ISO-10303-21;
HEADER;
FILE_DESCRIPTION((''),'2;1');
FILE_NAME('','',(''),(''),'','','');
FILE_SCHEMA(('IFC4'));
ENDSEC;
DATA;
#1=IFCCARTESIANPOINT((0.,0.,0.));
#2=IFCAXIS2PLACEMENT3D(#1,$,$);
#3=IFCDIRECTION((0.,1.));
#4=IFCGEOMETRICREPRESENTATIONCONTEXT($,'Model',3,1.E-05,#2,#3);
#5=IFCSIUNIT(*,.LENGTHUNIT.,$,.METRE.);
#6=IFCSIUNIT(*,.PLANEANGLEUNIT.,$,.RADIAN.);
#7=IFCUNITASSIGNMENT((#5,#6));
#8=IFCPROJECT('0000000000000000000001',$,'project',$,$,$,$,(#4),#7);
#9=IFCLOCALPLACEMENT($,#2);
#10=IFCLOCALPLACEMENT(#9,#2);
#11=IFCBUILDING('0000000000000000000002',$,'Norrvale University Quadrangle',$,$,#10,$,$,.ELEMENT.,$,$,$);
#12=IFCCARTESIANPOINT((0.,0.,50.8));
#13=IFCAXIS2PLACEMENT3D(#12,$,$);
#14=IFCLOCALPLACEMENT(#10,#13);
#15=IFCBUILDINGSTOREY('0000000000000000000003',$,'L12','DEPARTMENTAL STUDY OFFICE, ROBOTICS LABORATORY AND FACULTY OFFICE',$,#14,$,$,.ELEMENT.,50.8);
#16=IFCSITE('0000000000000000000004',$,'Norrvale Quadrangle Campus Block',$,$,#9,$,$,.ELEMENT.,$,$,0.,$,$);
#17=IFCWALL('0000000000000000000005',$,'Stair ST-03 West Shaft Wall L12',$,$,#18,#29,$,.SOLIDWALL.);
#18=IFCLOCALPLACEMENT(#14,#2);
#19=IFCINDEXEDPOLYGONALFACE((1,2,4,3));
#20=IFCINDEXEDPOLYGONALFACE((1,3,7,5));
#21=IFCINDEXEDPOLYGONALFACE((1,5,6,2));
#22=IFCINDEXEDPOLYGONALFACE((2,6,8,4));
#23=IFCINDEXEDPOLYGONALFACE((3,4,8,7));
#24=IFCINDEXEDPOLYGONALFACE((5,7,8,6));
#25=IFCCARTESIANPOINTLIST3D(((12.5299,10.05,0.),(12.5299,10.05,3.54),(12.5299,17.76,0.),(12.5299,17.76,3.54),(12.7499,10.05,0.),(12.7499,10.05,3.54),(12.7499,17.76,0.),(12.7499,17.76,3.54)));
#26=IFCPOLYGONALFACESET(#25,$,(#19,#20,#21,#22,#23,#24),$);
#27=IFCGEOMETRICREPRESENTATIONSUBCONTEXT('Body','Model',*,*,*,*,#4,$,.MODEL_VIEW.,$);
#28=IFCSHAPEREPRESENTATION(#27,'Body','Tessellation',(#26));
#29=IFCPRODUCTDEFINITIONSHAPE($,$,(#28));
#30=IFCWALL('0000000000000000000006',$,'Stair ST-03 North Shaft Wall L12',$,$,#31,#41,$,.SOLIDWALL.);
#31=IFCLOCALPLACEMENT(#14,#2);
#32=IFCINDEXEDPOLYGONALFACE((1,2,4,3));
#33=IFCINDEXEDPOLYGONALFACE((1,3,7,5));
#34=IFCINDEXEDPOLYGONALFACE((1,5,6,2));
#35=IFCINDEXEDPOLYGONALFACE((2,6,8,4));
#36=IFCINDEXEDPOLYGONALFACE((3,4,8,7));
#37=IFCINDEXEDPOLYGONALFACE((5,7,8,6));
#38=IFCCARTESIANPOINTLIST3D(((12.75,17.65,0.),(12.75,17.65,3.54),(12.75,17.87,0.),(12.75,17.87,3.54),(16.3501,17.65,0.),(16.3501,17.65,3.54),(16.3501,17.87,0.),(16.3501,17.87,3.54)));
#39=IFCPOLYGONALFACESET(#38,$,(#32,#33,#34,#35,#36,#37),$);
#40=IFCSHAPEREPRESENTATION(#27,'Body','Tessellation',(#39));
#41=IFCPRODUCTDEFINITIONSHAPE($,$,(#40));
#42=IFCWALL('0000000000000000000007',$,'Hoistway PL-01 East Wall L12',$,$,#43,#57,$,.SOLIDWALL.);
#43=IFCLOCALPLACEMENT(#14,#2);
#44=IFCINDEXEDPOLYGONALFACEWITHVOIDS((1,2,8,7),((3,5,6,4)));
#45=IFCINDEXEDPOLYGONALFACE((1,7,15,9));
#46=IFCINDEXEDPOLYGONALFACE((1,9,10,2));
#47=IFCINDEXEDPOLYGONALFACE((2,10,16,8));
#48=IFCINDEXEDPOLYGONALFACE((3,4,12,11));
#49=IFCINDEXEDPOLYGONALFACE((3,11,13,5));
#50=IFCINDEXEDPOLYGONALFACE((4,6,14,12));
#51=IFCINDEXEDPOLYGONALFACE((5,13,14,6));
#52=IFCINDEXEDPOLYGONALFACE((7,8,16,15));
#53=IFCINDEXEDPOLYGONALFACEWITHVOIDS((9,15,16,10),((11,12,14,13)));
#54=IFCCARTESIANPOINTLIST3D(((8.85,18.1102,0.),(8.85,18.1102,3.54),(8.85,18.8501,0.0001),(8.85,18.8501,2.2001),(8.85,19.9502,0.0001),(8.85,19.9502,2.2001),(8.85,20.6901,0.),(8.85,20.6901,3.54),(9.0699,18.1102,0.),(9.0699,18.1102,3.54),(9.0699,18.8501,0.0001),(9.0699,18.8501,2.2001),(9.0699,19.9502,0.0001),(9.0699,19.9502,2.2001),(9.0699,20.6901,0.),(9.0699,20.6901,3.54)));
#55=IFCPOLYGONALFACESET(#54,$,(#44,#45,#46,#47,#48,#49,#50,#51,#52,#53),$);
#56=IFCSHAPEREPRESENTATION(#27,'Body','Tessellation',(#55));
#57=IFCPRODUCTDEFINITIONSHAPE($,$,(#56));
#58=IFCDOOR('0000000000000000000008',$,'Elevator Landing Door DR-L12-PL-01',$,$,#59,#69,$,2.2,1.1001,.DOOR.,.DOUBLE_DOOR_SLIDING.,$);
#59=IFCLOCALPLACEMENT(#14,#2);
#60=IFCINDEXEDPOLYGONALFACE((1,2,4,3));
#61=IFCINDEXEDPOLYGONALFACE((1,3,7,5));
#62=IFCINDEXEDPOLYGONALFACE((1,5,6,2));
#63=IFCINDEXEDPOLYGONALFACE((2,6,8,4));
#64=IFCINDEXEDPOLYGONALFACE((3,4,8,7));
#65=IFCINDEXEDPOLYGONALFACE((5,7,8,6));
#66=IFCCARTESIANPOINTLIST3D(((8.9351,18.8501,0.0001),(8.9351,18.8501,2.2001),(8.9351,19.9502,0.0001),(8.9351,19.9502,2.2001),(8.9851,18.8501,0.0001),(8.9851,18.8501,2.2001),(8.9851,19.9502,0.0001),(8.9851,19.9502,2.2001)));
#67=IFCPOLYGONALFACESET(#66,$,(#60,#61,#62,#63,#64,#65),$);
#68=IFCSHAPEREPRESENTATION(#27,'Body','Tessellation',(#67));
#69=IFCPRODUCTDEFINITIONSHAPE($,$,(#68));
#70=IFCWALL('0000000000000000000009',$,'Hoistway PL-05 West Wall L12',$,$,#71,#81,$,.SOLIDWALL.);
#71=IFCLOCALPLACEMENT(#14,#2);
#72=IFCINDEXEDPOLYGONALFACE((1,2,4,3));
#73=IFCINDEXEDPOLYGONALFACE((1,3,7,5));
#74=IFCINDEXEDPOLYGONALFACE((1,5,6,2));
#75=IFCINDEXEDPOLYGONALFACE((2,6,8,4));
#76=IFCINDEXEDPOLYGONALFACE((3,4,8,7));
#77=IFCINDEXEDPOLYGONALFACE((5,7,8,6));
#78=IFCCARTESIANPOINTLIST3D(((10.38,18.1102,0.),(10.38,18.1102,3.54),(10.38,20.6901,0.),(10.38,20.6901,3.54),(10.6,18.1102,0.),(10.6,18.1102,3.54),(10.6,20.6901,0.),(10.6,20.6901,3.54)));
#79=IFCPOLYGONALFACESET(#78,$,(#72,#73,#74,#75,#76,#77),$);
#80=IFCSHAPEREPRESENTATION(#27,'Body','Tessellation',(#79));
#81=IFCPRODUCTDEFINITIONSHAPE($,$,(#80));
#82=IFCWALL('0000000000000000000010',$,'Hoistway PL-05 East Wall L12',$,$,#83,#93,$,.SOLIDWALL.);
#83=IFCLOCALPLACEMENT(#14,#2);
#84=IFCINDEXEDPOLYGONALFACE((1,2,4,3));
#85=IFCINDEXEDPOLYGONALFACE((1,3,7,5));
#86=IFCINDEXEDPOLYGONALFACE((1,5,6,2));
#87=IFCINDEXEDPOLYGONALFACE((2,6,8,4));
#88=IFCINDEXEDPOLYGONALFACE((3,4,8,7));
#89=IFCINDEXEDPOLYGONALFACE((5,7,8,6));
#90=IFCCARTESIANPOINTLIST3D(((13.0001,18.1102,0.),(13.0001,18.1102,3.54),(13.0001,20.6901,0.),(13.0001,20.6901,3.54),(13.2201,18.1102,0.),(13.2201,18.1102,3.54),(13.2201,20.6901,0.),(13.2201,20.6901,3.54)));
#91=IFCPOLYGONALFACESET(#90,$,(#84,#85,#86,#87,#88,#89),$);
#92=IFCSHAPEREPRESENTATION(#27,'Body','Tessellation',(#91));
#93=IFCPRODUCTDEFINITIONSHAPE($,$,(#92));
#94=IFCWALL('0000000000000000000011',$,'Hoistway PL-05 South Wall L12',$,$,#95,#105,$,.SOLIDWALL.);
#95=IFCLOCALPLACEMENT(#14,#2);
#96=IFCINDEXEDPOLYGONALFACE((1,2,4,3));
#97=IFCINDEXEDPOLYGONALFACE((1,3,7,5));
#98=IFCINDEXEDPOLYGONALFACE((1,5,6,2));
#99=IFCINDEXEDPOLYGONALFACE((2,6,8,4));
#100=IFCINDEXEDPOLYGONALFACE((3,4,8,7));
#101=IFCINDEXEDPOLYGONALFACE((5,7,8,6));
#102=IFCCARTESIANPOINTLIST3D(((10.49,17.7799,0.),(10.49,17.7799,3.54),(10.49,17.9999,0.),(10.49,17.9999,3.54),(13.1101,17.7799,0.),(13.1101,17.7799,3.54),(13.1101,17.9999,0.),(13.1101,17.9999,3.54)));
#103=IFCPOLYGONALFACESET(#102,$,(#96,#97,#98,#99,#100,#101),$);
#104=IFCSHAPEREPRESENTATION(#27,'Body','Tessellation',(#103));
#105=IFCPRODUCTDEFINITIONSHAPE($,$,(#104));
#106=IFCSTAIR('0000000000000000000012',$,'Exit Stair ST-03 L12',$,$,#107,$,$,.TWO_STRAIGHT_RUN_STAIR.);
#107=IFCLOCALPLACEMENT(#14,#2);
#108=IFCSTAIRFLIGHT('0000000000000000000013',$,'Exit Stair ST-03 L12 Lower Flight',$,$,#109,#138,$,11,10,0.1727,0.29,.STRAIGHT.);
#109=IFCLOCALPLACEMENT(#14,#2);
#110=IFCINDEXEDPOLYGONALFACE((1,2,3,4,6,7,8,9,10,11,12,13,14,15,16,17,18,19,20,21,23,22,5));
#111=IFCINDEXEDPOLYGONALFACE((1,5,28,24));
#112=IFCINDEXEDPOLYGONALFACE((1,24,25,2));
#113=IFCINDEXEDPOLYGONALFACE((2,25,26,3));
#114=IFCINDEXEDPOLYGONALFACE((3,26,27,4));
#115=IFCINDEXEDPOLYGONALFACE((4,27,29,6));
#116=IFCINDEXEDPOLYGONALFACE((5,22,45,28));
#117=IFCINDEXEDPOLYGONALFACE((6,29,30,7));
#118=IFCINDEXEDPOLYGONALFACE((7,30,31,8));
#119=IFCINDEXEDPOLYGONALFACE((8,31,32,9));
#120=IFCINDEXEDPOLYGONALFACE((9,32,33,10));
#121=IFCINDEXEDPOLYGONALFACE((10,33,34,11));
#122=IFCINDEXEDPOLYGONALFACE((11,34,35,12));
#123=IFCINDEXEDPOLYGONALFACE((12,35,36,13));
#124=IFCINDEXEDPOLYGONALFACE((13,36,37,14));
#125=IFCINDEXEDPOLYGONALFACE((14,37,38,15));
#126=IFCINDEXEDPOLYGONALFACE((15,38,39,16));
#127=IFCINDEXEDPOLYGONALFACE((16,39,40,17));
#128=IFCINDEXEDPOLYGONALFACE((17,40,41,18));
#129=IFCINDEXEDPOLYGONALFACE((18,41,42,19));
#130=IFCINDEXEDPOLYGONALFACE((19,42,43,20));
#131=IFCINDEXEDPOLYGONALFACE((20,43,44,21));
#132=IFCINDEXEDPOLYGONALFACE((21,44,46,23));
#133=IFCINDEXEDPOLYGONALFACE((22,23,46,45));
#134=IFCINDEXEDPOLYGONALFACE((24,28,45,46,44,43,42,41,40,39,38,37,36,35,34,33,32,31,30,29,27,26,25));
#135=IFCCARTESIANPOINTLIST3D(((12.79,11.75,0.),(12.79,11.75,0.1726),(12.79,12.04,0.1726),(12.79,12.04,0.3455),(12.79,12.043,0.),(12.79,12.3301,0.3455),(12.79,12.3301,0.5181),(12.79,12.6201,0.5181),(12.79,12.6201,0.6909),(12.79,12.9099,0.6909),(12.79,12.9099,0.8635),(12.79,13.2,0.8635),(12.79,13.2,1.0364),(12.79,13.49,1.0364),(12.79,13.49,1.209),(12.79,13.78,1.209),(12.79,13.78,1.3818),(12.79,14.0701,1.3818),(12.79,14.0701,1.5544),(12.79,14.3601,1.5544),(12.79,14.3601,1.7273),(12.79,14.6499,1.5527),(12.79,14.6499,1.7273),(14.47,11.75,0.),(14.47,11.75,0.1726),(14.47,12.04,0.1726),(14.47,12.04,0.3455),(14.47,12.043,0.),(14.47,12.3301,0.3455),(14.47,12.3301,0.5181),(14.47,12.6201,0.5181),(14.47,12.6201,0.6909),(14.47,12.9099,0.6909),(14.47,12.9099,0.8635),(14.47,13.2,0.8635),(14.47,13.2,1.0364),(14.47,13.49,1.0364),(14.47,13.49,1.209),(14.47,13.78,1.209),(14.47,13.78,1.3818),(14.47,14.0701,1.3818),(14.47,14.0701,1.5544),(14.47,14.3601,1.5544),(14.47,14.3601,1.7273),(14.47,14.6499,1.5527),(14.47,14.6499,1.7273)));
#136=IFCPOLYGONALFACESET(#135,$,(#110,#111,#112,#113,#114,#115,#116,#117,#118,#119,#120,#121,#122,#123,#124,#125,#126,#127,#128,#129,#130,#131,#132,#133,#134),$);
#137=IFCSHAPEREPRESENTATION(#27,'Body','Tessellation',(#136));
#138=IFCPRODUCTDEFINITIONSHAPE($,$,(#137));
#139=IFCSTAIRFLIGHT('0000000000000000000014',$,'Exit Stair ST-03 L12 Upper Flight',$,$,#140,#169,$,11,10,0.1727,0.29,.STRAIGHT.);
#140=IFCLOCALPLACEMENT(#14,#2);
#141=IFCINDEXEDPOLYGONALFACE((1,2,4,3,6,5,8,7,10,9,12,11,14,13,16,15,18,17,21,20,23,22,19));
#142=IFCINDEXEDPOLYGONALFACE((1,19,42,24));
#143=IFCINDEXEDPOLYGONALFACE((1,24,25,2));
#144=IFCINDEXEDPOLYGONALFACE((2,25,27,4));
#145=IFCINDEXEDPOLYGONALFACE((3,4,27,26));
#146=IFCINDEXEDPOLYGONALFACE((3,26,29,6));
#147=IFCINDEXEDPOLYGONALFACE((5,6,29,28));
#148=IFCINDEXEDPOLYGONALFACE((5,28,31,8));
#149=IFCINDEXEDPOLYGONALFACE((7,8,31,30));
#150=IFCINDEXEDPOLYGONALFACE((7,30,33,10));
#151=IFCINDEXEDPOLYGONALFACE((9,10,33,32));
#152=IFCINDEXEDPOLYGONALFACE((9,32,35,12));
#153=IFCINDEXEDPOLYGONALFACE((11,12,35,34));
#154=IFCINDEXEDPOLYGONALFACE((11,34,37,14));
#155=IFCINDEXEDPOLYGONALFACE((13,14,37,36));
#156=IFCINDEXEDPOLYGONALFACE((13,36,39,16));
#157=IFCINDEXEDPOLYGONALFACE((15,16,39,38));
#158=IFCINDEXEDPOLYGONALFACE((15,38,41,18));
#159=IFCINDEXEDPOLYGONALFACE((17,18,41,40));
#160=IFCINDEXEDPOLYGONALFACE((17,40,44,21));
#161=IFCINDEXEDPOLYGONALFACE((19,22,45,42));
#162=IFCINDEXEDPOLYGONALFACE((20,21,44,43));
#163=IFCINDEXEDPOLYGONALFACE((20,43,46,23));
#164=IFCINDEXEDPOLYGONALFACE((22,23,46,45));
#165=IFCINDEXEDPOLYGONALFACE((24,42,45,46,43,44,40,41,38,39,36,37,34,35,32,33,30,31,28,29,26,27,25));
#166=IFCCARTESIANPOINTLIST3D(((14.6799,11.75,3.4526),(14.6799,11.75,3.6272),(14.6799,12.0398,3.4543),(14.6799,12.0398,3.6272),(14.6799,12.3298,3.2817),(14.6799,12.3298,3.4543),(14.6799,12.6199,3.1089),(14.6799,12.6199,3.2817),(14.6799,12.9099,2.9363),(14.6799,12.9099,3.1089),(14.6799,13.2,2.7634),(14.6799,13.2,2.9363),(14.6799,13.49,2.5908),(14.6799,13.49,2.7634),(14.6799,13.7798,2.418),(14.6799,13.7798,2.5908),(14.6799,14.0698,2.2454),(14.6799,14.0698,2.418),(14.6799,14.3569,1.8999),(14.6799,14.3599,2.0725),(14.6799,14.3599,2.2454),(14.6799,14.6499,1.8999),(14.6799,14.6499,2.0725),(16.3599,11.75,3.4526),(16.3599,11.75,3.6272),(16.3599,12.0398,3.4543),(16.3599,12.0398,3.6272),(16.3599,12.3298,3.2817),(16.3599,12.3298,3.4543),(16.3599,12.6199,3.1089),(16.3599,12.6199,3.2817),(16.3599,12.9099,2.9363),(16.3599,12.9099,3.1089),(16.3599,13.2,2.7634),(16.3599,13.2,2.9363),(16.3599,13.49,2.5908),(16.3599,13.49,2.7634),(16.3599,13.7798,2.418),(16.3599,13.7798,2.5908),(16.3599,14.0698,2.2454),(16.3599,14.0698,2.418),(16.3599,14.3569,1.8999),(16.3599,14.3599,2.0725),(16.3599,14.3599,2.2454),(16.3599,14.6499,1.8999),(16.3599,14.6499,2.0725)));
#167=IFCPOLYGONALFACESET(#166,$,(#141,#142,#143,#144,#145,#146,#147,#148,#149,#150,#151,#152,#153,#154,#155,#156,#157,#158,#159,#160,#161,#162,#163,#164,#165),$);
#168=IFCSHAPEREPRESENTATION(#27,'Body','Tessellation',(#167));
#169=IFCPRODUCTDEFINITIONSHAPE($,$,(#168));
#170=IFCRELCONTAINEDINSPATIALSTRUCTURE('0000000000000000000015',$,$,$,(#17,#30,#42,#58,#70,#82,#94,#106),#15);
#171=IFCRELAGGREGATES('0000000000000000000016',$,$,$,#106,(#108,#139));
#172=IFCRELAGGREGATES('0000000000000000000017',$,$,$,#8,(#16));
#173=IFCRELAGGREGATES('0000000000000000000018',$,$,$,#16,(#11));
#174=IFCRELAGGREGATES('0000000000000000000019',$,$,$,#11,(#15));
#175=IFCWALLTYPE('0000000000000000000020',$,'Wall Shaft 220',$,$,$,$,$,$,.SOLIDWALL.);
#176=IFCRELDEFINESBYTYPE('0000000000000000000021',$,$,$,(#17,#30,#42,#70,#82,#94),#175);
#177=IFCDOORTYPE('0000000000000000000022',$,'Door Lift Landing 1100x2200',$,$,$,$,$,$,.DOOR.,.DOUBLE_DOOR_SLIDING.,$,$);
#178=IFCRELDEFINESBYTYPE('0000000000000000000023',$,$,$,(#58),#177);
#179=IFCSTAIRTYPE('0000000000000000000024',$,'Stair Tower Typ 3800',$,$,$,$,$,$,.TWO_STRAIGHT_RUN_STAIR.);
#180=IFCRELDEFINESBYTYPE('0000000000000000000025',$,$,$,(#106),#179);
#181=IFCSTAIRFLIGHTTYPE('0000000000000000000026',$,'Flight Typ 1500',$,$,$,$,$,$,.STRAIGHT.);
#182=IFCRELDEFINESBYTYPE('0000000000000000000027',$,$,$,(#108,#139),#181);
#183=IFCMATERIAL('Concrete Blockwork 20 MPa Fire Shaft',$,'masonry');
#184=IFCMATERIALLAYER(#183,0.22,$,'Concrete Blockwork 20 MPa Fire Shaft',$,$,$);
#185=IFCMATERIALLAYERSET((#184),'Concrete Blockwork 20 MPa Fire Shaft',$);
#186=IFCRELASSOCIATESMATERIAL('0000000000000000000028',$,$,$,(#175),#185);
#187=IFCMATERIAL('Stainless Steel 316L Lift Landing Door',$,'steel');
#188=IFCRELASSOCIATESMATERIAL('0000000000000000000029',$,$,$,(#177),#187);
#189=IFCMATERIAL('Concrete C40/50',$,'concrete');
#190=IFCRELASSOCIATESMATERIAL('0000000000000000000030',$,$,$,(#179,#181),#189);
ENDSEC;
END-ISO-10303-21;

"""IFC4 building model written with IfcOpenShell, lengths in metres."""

from ifc_helpers import new_model, si_unit, direction, frame, frame_2d, origin, place, context, subcontext, project, spatial, polyline, rectangle, outline, extrude, material, layer, layer_set, type_object, element, fill, aggregate, save


model = new_model("IFC4")

# Units and contexts
model_context = context("Model", 3, precision=1e-05, world=origin(), true_north=direction((0.0, 1.0)))
body_context = subcontext(model_context, "Body", "Model", "MODEL_VIEW")
ifc_project = project(units=[si_unit("LENGTHUNIT", "METRE"), si_unit("PLANEANGLEUNIT", "RADIAN")], contexts=[model_context])

# Site, building, storey
site_placement = place(None, origin())
site = spatial("IfcSite", under=ifc_project, at=site_placement, Name="Norrvale Quadrangle Campus Block", CompositionType="ELEMENT", RefElevation=0.0)
building_placement = place(site_placement, origin())
building = spatial("IfcBuilding", under=site, at=building_placement, Name="Norrvale University Quadrangle", CompositionType="ELEMENT")
storey_placement = place(building_placement, frame((0.0, 0.0, 50.8)))
storey = spatial("IfcBuildingStorey", under=building, at=storey_placement, Name="L12", Description="DEPARTMENTAL STUDY OFFICE, ROBOTICS LABORATORY AND FACULTY OFFICE", CompositionType="ELEMENT", Elevation=50.8)

# Walls
ifc_material_1 = material(Name="Concrete Blockwork 20 MPa Fire Shaft", Category="masonry")
ifc_layer_1 = layer(ifc_material_1, 0.22, Name="Concrete Blockwork 20 MPa Fire Shaft")
ifc_layer_set_1 = layer_set([ifc_layer_1], Name="Concrete Blockwork 20 MPa Fire Shaft")
wall_type_1 = type_object("IfcWallType", Name="Wall Shaft 220", PredefinedType="SOLIDWALL", material=ifc_layer_set_1)
wall_1_placement = place(storey_placement, frame((12.6399, 10.05, 0.0), z_axis=(0.0, 0.0, 1.0), x_axis=(0.0, 1.0, 0.0)))
element("IfcWall", 1, at=wall_1_placement, inside=storey, type_object=wall_type_1, Name="Stair ST-03 West Shaft Wall L12", PredefinedType="SOLIDWALL", context=body_context, shape_type="SweptSolid", body=[
    extrude(rectangle(XDim=7.71, YDim=0.22, at=frame_2d((3.855, 0.0))), origin(), (0.0, 0.0, 1.0), 3.54),
])
wall_2_placement = place(storey_placement, frame((12.75, 17.76, 0.0), z_axis=(0.0, 0.0, 1.0), x_axis=(1.0, 0.0, 0.0)))
element("IfcWall", 2, at=wall_2_placement, inside=storey, type_object=wall_type_1, Name="Stair ST-03 North Shaft Wall L12", PredefinedType="SOLIDWALL", context=body_context, shape_type="SweptSolid", body=[
    extrude(rectangle(XDim=3.6001, YDim=0.22, at=frame_2d((1.8, 0.0))), origin(), (0.0, 0.0, 1.0), 3.54),
])

# Wall, opening, door
wall_3_placement = place(storey_placement, frame((8.96, 18.1101, 0.0), z_axis=(0.0, 0.0, 1.0), x_axis=(0.0, 1.0, 0.0)))
wall_3 = element("IfcWall", 3, at=wall_3_placement, inside=storey, type_object=wall_type_1, Name="Hoistway PL-01 East Wall L12", PredefinedType="SOLIDWALL", context=body_context, shape_type="SweptSolid", body=[
    extrude(rectangle(XDim=2.5798, YDim=0.22, at=frame_2d((1.29, 0.0))), origin(), (0.0, 0.0, 1.0), 3.54),
])
opening_1_placement = place(wall_3_placement, frame((0.74, 0.0, 0.0)))
opening_1 = element("IfcOpeningElement", 4, at=opening_1_placement, cuts=wall_3, PredefinedType="OPENING", context=body_context, shape_type="SweptSolid", body=[
    extrude(rectangle(XDim=1.1001, YDim=2.2, at=frame_2d((0.55, 1.1001))), frame((0.0, 0.1221, 0.0), z_axis=(0.0, -1.0, 0.0), x_axis=(1.0, 0.0, 0.0)), (0.0, 0.0, 1.0), 0.2439),
])
ifc_material_2 = material(Name="Stainless Steel 316L Lift Landing Door", Category="steel")
door_type_1 = type_object("IfcDoorType", Name="Door Lift Landing 1100x2200", OperationType="DOUBLE_DOOR_SLIDING", PredefinedType="DOOR", material=ifc_material_2)
door_1_placement = place(opening_1_placement, origin())
door_1 = element("IfcDoor", 5, at=door_1_placement, inside=storey, type_object=door_type_1, Name="Elevator Landing Door DR-L12-PL-01", OperationType="DOUBLE_DOOR_SLIDING", OverallHeight=2.2, OverallWidth=1.1001, PredefinedType="DOOR", context=body_context, shape_type="SweptSolid", body=[
    extrude(rectangle(XDim=1.1001, YDim=2.2, at=frame_2d((0.55, 1.1001))), frame((0.0, 0.0249, 0.0), z_axis=(0.0, -1.0, 0.0), x_axis=(1.0, 0.0, 0.0)), (0.0, 0.0, 1.0), 0.05),
])
fill(opening_1, door_1)

# Walls
for number, where, z_axis, x_axis, name in (
    (6, (10.49, 18.1101, 0.0), (0.0, 0.0, 1.0), (0.0, 1.0, 0.0), "Hoistway PL-05 West Wall L12"),
    (7, (13.1101, 18.1101, 0.0), (0.0, 0.0, 1.0), (0.0, 1.0, 0.0), "Hoistway PL-05 East Wall L12"),
):
    element("IfcWall", number, at=place(storey_placement, frame(where, z_axis=z_axis, x_axis=x_axis)), inside=storey, type_object=wall_type_1, Name=name, PredefinedType="SOLIDWALL", context=body_context, shape_type="SweptSolid", body=[
        extrude(rectangle(XDim=2.5798, YDim=0.22, at=frame_2d((1.29, 0.0))), origin(), (0.0, 0.0, 1.0), 3.54),
    ])
wall_4_placement = place(storey_placement, frame((10.49, 17.8899, 0.0), z_axis=(0.0, 0.0, 1.0), x_axis=(1.0, 0.0, 0.0)))
element("IfcWall", 8, at=wall_4_placement, inside=storey, type_object=wall_type_1, Name="Hoistway PL-05 South Wall L12", PredefinedType="SOLIDWALL", context=body_context, shape_type="SweptSolid", body=[
    extrude(rectangle(XDim=2.6201, YDim=0.22, at=frame_2d((1.3101, 0.0))), origin(), (0.0, 0.0, 1.0), 3.54),
])

# Stair, stair flights
ifc_material_3 = material(Name="Concrete C40/50", Category="concrete")
stair_type = type_object("IfcStairType", Name="Stair Tower Typ 3800", PredefinedType="TWO_STRAIGHT_RUN_STAIR", material=ifc_material_3)
stair_placement = place(storey_placement, origin())
stair = element("IfcStair", 9, at=stair_placement, inside=storey, type_object=stair_type, Name="Exit Stair ST-03 L12", PredefinedType="TWO_STRAIGHT_RUN_STAIR")
stair_flight_type = type_object("IfcStairFlightType", Name="Flight Typ 1500", PredefinedType="STRAIGHT", material=ifc_material_3)
stair_flight_1_placement = place(storey_placement, frame((13.6299, 11.75, 0.0), z_axis=(0.0, 0.0, 1.0), x_axis=(0.0, 1.0, 0.0)))
stair_flight_1 = element("IfcStairFlight", 10, at=stair_flight_1_placement, type_object=stair_flight_type, Name="Exit Stair ST-03 L12 Lower Flight", NumberOfRisers=11, NumberOfTreads=10, PredefinedType="STRAIGHT", RiserHeight=0.1727, TreadLength=0.29, context=body_context, shape_type="SweptSolid", body=[
    extrude(outline(polyline([(0.0, 0.0), (0.0, 0.1726), (0.29, 0.1726), (0.29, 0.3455), (0.5801, 0.3455), (0.5801, 0.5181), (0.8701, 0.5181), (0.8701, 0.6909), (1.1599, 0.6909), (1.1599, 0.8635), (1.45, 0.8635), (1.45, 1.0364), (1.74, 1.0364), (1.74, 1.209), (2.03, 1.209), (2.03, 1.3818), (2.3201, 1.3818), (2.3201, 1.5544), (2.6101, 1.5544), (2.6101, 1.7273), (2.8999, 1.7273), (2.8999, 1.8999), (2.8999, 1.5527), (0.293, 0.0), (0.0, 0.0)])), frame((0.0, 0.8398, 0.0), z_axis=(0.0, -1.0, 0.0), x_axis=(1.0, 0.0, 0.0)), (0.0, 0.0, 1.0), 1.6799),
])
stair_flight_2_placement = place(storey_placement, frame((15.52, 14.6499, 1.8999), z_axis=(0.0, 0.0, 1.0), x_axis=(0.0, -1.0, 0.0)))
stair_flight_2 = element("IfcStairFlight", 11, at=stair_flight_2_placement, type_object=stair_flight_type, Name="Exit Stair ST-03 L12 Upper Flight", NumberOfRisers=11, NumberOfTreads=10, PredefinedType="STRAIGHT", RiserHeight=0.1727, TreadLength=0.29, context=body_context, shape_type="SweptSolid", body=[
    extrude(outline(polyline([(0.0, 0.0), (0.0, 0.1726), (0.29, 0.1726), (0.29, 0.3455), (0.5801, 0.3455), (0.5801, 0.5181), (0.8701, 0.5181), (0.8701, 0.6909), (1.1599, 0.6909), (1.1599, 0.8635), (1.45, 0.8635), (1.45, 1.0364), (1.74, 1.0364), (1.74, 1.209), (2.03, 1.209), (2.03, 1.3818), (2.3201, 1.3818), (2.3201, 1.5544), (2.6101, 1.5544), (2.6101, 1.7273), (2.8999, 1.7273), (2.8999, 1.8999), (2.8999, 1.5527), (0.293, 0.0), (0.0, 0.0)])), frame((0.0, 0.8398, 0.0), z_axis=(0.0, -1.0, 0.0), x_axis=(1.0, 0.0, 0.0)), (0.0, 0.0, 1.0), 1.6799),
])
aggregate(stair, [stair_flight_1, stair_flight_2])

save(model, "model.ifc")
